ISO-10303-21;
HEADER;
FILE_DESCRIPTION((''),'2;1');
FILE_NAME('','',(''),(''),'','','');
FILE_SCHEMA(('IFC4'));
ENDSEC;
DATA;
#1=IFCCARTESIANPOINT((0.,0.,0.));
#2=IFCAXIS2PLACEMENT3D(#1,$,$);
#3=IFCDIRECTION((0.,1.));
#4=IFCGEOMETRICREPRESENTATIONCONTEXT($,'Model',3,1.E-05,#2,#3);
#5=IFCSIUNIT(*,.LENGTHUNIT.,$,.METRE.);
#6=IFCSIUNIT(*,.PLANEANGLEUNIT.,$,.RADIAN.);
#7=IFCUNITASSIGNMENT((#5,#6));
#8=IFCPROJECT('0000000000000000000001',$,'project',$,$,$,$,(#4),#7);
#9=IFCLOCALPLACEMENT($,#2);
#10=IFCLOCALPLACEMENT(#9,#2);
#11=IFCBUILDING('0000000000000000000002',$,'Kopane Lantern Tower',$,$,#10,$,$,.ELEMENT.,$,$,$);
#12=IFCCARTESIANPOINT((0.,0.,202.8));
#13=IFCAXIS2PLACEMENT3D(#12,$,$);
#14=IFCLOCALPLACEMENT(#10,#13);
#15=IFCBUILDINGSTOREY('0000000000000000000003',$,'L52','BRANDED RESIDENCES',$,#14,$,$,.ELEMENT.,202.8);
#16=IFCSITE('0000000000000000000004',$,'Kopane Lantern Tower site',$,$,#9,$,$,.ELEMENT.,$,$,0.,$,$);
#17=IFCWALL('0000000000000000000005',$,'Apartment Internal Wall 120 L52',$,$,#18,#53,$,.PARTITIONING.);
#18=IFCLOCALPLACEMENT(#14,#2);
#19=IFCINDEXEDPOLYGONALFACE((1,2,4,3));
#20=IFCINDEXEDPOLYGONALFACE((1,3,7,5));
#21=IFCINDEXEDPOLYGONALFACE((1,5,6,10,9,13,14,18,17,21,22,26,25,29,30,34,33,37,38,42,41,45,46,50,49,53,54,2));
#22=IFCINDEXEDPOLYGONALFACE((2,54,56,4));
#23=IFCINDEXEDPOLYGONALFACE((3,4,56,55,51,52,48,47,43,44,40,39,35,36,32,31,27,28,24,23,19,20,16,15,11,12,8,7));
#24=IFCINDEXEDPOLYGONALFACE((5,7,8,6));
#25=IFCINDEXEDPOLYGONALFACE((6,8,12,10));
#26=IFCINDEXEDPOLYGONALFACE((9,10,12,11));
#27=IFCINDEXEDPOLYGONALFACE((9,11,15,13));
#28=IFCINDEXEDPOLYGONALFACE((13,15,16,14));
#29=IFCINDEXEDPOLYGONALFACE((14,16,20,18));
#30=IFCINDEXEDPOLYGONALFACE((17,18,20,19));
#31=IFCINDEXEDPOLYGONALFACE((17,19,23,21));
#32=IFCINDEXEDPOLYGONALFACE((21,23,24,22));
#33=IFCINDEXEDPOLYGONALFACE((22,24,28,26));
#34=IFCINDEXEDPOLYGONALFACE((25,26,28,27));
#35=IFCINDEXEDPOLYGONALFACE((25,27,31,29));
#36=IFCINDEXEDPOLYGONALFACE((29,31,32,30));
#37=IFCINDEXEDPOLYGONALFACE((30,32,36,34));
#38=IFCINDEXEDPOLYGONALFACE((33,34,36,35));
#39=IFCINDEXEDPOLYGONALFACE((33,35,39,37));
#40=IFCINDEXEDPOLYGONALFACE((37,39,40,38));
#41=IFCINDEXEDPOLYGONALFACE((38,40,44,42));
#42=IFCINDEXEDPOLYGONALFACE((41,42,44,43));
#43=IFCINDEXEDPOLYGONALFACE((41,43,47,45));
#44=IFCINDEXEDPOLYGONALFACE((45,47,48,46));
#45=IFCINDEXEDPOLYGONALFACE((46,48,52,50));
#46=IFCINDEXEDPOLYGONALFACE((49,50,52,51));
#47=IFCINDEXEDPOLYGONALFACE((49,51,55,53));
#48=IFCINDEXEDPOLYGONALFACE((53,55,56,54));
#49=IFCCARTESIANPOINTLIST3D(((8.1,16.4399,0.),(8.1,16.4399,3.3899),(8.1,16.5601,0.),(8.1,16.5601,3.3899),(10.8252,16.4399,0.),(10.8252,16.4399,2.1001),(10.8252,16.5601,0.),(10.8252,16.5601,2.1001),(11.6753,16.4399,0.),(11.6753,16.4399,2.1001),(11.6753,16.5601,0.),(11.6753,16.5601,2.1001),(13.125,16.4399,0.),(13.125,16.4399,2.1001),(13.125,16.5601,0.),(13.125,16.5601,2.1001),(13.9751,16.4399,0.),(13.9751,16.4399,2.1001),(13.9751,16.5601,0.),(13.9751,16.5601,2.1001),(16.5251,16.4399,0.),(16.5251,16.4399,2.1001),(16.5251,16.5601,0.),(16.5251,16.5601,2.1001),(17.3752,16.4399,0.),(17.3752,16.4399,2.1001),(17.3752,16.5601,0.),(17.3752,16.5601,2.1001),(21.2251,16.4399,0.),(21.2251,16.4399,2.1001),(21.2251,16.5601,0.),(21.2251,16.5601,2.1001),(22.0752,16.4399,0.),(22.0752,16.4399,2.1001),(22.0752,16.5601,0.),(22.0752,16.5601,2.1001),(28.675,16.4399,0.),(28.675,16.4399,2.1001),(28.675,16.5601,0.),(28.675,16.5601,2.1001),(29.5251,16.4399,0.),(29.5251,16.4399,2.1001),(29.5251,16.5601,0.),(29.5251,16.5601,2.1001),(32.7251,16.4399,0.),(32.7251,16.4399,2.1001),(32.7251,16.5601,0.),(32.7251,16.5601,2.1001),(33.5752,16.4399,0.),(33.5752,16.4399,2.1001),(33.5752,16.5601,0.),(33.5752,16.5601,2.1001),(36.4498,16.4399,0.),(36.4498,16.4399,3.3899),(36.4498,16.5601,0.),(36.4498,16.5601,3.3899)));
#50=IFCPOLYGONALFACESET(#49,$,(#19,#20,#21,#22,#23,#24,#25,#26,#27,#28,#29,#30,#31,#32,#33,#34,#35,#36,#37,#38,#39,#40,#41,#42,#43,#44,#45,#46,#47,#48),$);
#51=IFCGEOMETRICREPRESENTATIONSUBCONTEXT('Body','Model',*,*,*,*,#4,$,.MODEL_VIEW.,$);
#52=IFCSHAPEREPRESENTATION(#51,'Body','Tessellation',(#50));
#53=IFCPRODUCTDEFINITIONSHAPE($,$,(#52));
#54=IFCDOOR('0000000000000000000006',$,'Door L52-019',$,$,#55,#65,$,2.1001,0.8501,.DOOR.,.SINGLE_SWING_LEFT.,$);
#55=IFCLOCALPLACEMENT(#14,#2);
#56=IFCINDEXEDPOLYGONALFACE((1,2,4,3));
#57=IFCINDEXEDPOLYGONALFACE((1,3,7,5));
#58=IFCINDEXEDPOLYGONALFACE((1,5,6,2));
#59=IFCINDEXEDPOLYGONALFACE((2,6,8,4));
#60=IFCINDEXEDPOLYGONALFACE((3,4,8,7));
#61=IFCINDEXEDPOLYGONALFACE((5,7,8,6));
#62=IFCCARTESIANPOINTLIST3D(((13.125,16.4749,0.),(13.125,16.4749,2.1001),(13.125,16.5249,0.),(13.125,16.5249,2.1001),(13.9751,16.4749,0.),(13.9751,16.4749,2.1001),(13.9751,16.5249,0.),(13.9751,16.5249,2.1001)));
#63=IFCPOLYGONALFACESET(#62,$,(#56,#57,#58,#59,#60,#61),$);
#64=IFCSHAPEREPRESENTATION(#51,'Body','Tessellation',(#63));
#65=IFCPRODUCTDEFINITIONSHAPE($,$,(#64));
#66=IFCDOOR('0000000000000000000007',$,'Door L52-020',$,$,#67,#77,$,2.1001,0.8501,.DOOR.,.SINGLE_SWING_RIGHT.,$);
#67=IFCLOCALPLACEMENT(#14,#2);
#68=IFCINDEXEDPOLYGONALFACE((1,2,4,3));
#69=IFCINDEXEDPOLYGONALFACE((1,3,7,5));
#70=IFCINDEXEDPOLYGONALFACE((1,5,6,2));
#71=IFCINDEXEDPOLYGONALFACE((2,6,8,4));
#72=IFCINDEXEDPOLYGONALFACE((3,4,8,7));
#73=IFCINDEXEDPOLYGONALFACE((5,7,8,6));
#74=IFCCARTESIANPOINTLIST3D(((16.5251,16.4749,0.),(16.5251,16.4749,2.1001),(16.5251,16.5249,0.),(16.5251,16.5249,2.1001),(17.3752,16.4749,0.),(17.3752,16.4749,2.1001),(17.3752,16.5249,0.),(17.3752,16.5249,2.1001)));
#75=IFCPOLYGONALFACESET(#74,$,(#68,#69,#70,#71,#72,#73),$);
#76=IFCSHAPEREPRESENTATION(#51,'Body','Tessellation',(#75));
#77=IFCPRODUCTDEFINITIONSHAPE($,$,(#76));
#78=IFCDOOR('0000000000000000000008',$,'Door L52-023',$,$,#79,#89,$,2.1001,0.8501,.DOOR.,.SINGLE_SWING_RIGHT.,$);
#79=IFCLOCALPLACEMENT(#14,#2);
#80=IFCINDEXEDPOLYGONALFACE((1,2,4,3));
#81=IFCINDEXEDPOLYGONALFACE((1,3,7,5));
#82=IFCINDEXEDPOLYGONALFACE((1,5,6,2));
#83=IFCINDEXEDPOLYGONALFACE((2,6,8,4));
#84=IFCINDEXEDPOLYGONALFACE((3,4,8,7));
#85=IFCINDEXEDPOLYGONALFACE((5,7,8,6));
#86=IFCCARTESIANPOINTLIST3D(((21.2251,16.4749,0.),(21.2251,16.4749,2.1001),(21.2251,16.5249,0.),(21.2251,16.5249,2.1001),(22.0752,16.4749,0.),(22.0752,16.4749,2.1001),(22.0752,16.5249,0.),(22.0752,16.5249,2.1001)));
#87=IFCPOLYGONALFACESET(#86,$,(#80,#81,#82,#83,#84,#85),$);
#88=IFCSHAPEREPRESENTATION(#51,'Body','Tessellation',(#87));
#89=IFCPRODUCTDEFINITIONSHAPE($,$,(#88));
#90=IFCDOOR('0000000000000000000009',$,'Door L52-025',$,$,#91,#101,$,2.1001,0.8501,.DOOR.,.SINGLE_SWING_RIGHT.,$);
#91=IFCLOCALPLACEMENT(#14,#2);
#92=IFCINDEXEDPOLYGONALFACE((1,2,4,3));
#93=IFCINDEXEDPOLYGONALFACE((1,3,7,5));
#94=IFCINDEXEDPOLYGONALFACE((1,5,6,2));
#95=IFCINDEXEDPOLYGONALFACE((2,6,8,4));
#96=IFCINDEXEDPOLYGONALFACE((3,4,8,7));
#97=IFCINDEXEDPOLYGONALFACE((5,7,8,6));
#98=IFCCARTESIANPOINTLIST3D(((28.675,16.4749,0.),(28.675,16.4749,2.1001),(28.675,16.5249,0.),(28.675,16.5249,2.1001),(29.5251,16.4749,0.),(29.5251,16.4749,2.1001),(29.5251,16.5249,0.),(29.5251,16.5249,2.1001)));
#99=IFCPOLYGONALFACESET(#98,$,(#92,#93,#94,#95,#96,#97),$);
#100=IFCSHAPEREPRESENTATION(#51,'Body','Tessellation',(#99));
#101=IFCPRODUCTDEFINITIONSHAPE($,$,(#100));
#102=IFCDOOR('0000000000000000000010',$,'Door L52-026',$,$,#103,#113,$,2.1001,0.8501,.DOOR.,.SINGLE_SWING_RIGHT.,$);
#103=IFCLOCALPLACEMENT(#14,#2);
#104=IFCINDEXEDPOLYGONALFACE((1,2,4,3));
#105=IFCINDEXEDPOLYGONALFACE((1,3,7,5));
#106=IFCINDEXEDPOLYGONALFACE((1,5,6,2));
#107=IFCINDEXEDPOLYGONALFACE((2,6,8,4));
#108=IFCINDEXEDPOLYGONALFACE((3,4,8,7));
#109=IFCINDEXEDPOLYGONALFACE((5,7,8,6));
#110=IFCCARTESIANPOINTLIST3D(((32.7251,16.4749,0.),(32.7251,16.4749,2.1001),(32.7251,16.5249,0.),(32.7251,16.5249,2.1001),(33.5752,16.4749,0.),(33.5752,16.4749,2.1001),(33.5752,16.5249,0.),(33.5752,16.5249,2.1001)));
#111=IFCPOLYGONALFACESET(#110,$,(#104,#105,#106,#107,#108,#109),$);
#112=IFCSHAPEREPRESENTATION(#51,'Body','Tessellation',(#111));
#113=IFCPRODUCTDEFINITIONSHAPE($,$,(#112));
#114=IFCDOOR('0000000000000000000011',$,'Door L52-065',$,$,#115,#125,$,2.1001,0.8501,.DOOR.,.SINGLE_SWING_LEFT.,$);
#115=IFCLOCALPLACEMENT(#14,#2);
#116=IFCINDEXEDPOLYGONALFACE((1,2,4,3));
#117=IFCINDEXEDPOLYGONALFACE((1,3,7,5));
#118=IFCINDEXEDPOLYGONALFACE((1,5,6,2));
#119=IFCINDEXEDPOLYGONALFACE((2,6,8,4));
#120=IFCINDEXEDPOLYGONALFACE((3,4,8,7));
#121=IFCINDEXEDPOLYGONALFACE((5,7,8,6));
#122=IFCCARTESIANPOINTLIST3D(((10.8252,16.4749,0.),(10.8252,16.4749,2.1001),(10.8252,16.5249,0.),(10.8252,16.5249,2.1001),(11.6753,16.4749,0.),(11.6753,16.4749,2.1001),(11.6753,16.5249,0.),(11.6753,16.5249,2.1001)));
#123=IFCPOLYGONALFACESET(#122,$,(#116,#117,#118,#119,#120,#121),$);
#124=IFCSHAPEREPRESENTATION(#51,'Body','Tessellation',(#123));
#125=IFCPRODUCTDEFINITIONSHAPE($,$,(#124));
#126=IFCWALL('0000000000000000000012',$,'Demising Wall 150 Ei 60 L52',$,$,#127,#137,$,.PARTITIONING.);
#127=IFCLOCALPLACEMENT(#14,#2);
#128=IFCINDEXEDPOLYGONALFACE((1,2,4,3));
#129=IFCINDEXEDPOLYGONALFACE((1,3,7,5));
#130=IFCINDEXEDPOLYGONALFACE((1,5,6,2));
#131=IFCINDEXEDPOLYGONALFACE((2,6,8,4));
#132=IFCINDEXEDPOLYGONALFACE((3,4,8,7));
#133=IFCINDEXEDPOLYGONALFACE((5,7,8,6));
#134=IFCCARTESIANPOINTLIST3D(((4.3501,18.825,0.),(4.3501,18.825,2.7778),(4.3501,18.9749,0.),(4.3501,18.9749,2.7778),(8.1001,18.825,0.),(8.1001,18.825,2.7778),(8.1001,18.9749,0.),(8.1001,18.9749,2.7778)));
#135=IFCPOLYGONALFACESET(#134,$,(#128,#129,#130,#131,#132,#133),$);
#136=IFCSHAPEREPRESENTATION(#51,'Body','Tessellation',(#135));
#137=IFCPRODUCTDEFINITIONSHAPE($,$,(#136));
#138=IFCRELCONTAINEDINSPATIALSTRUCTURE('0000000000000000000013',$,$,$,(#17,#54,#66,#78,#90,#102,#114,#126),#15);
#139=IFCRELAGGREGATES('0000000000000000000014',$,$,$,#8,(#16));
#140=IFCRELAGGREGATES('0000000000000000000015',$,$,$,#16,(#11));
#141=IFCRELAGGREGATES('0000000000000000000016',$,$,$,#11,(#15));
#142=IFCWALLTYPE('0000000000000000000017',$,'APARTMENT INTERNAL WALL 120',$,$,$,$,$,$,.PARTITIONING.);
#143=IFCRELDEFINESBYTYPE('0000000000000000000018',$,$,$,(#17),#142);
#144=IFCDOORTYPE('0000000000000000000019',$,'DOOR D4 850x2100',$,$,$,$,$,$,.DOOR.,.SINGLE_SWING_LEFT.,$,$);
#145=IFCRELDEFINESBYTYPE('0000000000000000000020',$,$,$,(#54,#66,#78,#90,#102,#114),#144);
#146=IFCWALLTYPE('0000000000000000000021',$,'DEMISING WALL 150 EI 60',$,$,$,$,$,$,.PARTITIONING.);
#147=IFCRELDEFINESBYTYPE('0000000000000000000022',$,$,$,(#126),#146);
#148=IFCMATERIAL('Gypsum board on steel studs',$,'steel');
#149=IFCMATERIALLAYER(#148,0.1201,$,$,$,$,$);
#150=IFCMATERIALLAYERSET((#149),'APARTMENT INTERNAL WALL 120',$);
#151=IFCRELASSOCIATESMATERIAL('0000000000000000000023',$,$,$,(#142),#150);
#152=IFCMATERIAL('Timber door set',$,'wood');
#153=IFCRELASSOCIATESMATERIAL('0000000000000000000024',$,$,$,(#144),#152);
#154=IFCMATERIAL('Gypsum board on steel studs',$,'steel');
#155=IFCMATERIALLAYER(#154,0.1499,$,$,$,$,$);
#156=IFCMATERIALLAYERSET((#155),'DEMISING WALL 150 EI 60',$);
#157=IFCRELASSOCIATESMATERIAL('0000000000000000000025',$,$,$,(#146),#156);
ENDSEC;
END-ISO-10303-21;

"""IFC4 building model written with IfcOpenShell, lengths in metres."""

from ifc_helpers import new_model, si_unit, direction, frame, frame_2d, origin, place, context, subcontext, project, spatial, rectangle, extrude, material, layer, layer_set, type_object, element, fill, save


model = new_model("IFC4")

# Units and contexts
model_context = context("Model", 3, precision=1e-05, world=origin(), true_north=direction((0.0, 1.0)))
body_context = subcontext(model_context, "Body", "Model", "MODEL_VIEW")
ifc_project = project(units=[si_unit("LENGTHUNIT", "METRE"), si_unit("PLANEANGLEUNIT", "RADIAN")], contexts=[model_context])

# Site, building, storey
site_placement = place(None, origin())
site = spatial("IfcSite", under=ifc_project, at=site_placement, Name="Kopane Lantern Tower site", CompositionType="ELEMENT", RefElevation=0.0)
building_placement = place(site_placement, origin())
building = spatial("IfcBuilding", under=site, at=building_placement, Name="Kopane Lantern Tower", CompositionType="ELEMENT")
storey_placement = place(building_placement, frame((0.0, 0.0, 202.8)))
storey = spatial("IfcBuildingStorey", under=building, at=storey_placement, Name="L52", Description="BRANDED RESIDENCES", CompositionType="ELEMENT", Elevation=202.8)

# Wall, openings, doors
ifc_material_1 = material(Name="Gypsum board on steel studs", Category="steel")
ifc_layer_1 = layer(ifc_material_1, 0.1201)
ifc_layer_set_1 = layer_set([ifc_layer_1], Name="APARTMENT INTERNAL WALL 120")
wall_type_1 = type_object("IfcWallType", Name="APARTMENT INTERNAL WALL 120", PredefinedType="PARTITIONING", material=ifc_layer_set_1)
ifc_material_2 = material(Name="Timber door set", Category="wood")
door_type = type_object("IfcDoorType", Name="DOOR D4 850x2100", OperationType="SINGLE_SWING_LEFT", PredefinedType="DOOR", material=ifc_material_2)
wall_1_placement = place(storey_placement, frame((8.1001, 16.5, 0.0), z_axis=(0.0, 0.0, 1.0), x_axis=(1.0, 0.0, 0.0)))
wall_1 = element("IfcWall", 1, at=wall_1_placement, inside=storey, type_object=wall_type_1, Name="Apartment Internal Wall 120 L52", PredefinedType="PARTITIONING", context=body_context, shape_type="SweptSolid", body=[
    extrude(rectangle(XDim=28.3499, YDim=0.1201, at=frame_2d((14.1748, 0.0))), origin(), (0.0, 0.0, 1.0), 3.3899),
])
opening_1_placement = place(wall_1_placement, frame((5.0249, 0.0, 0.0)))
opening_1 = element("IfcOpeningElement", 2, at=opening_1_placement, cuts=wall_1, PredefinedType="OPENING", context=body_context, shape_type="SweptSolid", body=[
    extrude(rectangle(XDim=0.8501, YDim=2.1001, at=frame_2d((0.425, 1.05))), frame((0.0, 0.0701, 0.0), z_axis=(0.0, -1.0, 0.0), x_axis=(1.0, 0.0, 0.0)), (0.0, 0.0, 1.0), 0.1401),
])
opening_2_placement = place(wall_1_placement, frame((8.425, 0.0, 0.0)))
opening_2 = element("IfcOpeningElement", 3, at=opening_2_placement, cuts=wall_1, PredefinedType="OPENING", context=body_context, shape_type="SweptSolid", body=[
    extrude(rectangle(XDim=0.8501, YDim=2.1001, at=frame_2d((0.425, 1.05))), frame((0.0, 0.0701, 0.0), z_axis=(0.0, -1.0, 0.0), x_axis=(1.0, 0.0, 0.0)), (0.0, 0.0, 1.0), 0.1401),
])
opening_3_placement = place(wall_1_placement, frame((13.125, 0.0, 0.0)))
opening_3 = element("IfcOpeningElement", 4, at=opening_3_placement, cuts=wall_1, PredefinedType="OPENING", context=body_context, shape_type="SweptSolid", body=[
    extrude(rectangle(XDim=0.8501, YDim=2.1001, at=frame_2d((0.425, 1.05))), frame((0.0, 0.0701, 0.0), z_axis=(0.0, -1.0, 0.0), x_axis=(1.0, 0.0, 0.0)), (0.0, 0.0, 1.0), 0.1401),
])
opening_4_placement = place(wall_1_placement, frame((20.575, 0.0, 0.0)))
opening_4 = element("IfcOpeningElement", 5, at=opening_4_placement, cuts=wall_1, PredefinedType="OPENING", context=body_context, shape_type="SweptSolid", body=[
    extrude(rectangle(XDim=0.8501, YDim=2.1001, at=frame_2d((0.425, 1.05))), frame((0.0, 0.0701, 0.0), z_axis=(0.0, -1.0, 0.0), x_axis=(1.0, 0.0, 0.0)), (0.0, 0.0, 1.0), 0.1401),
])
opening_5_placement = place(wall_1_placement, frame((24.625, 0.0, 0.0)))
opening_5 = element("IfcOpeningElement", 6, at=opening_5_placement, cuts=wall_1, PredefinedType="OPENING", context=body_context, shape_type="SweptSolid", body=[
    extrude(rectangle(XDim=0.8501, YDim=2.1001, at=frame_2d((0.425, 1.05))), frame((0.0, 0.0701, 0.0), z_axis=(0.0, -1.0, 0.0), x_axis=(1.0, 0.0, 0.0)), (0.0, 0.0, 1.0), 0.1401),
])
opening_6_placement = place(wall_1_placement, frame((2.7251, 0.0, 0.0)))
opening_6 = element("IfcOpeningElement", 7, at=opening_6_placement, cuts=wall_1, PredefinedType="OPENING", context=body_context, shape_type="SweptSolid", body=[
    extrude(rectangle(XDim=0.8501, YDim=2.1001, at=frame_2d((0.425, 1.05))), frame((0.0, 0.0701, 0.0), z_axis=(0.0, -1.0, 0.0), x_axis=(1.0, 0.0, 0.0)), (0.0, 0.0, 1.0), 0.1401),
])
door_1_placement = place(opening_1_placement, origin())
door_1 = element("IfcDoor", 8, at=door_1_placement, inside=storey, type_object=door_type, Name="Door L52-019", OperationType="SINGLE_SWING_LEFT", OverallHeight=2.1001, OverallWidth=0.8501, PredefinedType="DOOR", context=body_context, shape_type="SweptSolid", body=[
    extrude(rectangle(XDim=0.8501, YDim=2.1001, at=frame_2d((0.425, 1.05))), frame((0.0, 0.0249, 0.0), z_axis=(0.0, -1.0, 0.0), x_axis=(1.0, 0.0, 0.0)), (0.0, 0.0, 1.0), 0.05),
])
fill(opening_1, door_1)
door_2_placement = place(opening_2_placement, origin())
door_2 = element("IfcDoor", 9, at=door_2_placement, inside=storey, type_object=door_type, Name="Door L52-020", OperationType="SINGLE_SWING_RIGHT", OverallHeight=2.1001, OverallWidth=0.8501, PredefinedType="DOOR", context=body_context, shape_type="SweptSolid", body=[
    extrude(rectangle(XDim=0.8501, YDim=2.1001, at=frame_2d((0.425, 1.05))), frame((0.0, 0.0249, 0.0), z_axis=(0.0, -1.0, 0.0), x_axis=(1.0, 0.0, 0.0)), (0.0, 0.0, 1.0), 0.05),
])
fill(opening_2, door_2)
door_3_placement = place(opening_3_placement, origin())
door_3 = element("IfcDoor", 10, at=door_3_placement, inside=storey, type_object=door_type, Name="Door L52-023", OperationType="SINGLE_SWING_RIGHT", OverallHeight=2.1001, OverallWidth=0.8501, PredefinedType="DOOR", context=body_context, shape_type="SweptSolid", body=[
    extrude(rectangle(XDim=0.8501, YDim=2.1001, at=frame_2d((0.425, 1.05))), frame((0.0, 0.0249, 0.0), z_axis=(0.0, -1.0, 0.0), x_axis=(1.0, 0.0, 0.0)), (0.0, 0.0, 1.0), 0.05),
])
fill(opening_3, door_3)
door_4_placement = place(opening_4_placement, origin())
door_4 = element("IfcDoor", 11, at=door_4_placement, inside=storey, type_object=door_type, Name="Door L52-025", OperationType="SINGLE_SWING_RIGHT", OverallHeight=2.1001, OverallWidth=0.8501, PredefinedType="DOOR", context=body_context, shape_type="SweptSolid", body=[
    extrude(rectangle(XDim=0.8501, YDim=2.1001, at=frame_2d((0.425, 1.05))), frame((0.0, 0.0249, 0.0), z_axis=(0.0, -1.0, 0.0), x_axis=(1.0, 0.0, 0.0)), (0.0, 0.0, 1.0), 0.05),
])
fill(opening_4, door_4)
door_5_placement = place(opening_5_placement, origin())
door_5 = element("IfcDoor", 12, at=door_5_placement, inside=storey, type_object=door_type, Name="Door L52-026", OperationType="SINGLE_SWING_RIGHT", OverallHeight=2.1001, OverallWidth=0.8501, PredefinedType="DOOR", context=body_context, shape_type="SweptSolid", body=[
    extrude(rectangle(XDim=0.8501, YDim=2.1001, at=frame_2d((0.425, 1.05))), frame((0.0, 0.0249, 0.0), z_axis=(0.0, -1.0, 0.0), x_axis=(1.0, 0.0, 0.0)), (0.0, 0.0, 1.0), 0.05),
])
fill(opening_5, door_5)
door_6_placement = place(opening_6_placement, origin())
door_6 = element("IfcDoor", 13, at=door_6_placement, inside=storey, type_object=door_type, Name="Door L52-065", OperationType="SINGLE_SWING_LEFT", OverallHeight=2.1001, OverallWidth=0.8501, PredefinedType="DOOR", context=body_context, shape_type="SweptSolid", body=[
    extrude(rectangle(XDim=0.8501, YDim=2.1001, at=frame_2d((0.425, 1.05))), frame((0.0, 0.0249, 0.0), z_axis=(0.0, -1.0, 0.0), x_axis=(1.0, 0.0, 0.0)), (0.0, 0.0, 1.0), 0.05),
])
fill(opening_6, door_6)

# Wall
ifc_material_3 = material(Name="Gypsum board on steel studs", Category="steel")
ifc_layer_2 = layer(ifc_material_3, 0.1499)
ifc_layer_set_2 = layer_set([ifc_layer_2], Name="DEMISING WALL 150 EI 60")
wall_type_2 = type_object("IfcWallType", Name="DEMISING WALL 150 EI 60", PredefinedType="PARTITIONING", material=ifc_layer_set_2)
wall_2_placement = place(storey_placement, frame((4.3501, 18.8999, 0.0), z_axis=(0.0, 0.0, 1.0), x_axis=(1.0, 0.0, 0.0)))
element("IfcWall", 14, at=wall_2_placement, inside=storey, type_object=wall_type_2, Name="Demising Wall 150 Ei 60 L52", PredefinedType="PARTITIONING", context=body_context, shape_type="SweptSolid", body=[
    extrude(rectangle(XDim=3.75, YDim=0.1499, at=frame_2d((1.875, 0.0))), origin(), (0.0, 0.0, 1.0), 2.7778),
])

save(model, "model.ifc")
